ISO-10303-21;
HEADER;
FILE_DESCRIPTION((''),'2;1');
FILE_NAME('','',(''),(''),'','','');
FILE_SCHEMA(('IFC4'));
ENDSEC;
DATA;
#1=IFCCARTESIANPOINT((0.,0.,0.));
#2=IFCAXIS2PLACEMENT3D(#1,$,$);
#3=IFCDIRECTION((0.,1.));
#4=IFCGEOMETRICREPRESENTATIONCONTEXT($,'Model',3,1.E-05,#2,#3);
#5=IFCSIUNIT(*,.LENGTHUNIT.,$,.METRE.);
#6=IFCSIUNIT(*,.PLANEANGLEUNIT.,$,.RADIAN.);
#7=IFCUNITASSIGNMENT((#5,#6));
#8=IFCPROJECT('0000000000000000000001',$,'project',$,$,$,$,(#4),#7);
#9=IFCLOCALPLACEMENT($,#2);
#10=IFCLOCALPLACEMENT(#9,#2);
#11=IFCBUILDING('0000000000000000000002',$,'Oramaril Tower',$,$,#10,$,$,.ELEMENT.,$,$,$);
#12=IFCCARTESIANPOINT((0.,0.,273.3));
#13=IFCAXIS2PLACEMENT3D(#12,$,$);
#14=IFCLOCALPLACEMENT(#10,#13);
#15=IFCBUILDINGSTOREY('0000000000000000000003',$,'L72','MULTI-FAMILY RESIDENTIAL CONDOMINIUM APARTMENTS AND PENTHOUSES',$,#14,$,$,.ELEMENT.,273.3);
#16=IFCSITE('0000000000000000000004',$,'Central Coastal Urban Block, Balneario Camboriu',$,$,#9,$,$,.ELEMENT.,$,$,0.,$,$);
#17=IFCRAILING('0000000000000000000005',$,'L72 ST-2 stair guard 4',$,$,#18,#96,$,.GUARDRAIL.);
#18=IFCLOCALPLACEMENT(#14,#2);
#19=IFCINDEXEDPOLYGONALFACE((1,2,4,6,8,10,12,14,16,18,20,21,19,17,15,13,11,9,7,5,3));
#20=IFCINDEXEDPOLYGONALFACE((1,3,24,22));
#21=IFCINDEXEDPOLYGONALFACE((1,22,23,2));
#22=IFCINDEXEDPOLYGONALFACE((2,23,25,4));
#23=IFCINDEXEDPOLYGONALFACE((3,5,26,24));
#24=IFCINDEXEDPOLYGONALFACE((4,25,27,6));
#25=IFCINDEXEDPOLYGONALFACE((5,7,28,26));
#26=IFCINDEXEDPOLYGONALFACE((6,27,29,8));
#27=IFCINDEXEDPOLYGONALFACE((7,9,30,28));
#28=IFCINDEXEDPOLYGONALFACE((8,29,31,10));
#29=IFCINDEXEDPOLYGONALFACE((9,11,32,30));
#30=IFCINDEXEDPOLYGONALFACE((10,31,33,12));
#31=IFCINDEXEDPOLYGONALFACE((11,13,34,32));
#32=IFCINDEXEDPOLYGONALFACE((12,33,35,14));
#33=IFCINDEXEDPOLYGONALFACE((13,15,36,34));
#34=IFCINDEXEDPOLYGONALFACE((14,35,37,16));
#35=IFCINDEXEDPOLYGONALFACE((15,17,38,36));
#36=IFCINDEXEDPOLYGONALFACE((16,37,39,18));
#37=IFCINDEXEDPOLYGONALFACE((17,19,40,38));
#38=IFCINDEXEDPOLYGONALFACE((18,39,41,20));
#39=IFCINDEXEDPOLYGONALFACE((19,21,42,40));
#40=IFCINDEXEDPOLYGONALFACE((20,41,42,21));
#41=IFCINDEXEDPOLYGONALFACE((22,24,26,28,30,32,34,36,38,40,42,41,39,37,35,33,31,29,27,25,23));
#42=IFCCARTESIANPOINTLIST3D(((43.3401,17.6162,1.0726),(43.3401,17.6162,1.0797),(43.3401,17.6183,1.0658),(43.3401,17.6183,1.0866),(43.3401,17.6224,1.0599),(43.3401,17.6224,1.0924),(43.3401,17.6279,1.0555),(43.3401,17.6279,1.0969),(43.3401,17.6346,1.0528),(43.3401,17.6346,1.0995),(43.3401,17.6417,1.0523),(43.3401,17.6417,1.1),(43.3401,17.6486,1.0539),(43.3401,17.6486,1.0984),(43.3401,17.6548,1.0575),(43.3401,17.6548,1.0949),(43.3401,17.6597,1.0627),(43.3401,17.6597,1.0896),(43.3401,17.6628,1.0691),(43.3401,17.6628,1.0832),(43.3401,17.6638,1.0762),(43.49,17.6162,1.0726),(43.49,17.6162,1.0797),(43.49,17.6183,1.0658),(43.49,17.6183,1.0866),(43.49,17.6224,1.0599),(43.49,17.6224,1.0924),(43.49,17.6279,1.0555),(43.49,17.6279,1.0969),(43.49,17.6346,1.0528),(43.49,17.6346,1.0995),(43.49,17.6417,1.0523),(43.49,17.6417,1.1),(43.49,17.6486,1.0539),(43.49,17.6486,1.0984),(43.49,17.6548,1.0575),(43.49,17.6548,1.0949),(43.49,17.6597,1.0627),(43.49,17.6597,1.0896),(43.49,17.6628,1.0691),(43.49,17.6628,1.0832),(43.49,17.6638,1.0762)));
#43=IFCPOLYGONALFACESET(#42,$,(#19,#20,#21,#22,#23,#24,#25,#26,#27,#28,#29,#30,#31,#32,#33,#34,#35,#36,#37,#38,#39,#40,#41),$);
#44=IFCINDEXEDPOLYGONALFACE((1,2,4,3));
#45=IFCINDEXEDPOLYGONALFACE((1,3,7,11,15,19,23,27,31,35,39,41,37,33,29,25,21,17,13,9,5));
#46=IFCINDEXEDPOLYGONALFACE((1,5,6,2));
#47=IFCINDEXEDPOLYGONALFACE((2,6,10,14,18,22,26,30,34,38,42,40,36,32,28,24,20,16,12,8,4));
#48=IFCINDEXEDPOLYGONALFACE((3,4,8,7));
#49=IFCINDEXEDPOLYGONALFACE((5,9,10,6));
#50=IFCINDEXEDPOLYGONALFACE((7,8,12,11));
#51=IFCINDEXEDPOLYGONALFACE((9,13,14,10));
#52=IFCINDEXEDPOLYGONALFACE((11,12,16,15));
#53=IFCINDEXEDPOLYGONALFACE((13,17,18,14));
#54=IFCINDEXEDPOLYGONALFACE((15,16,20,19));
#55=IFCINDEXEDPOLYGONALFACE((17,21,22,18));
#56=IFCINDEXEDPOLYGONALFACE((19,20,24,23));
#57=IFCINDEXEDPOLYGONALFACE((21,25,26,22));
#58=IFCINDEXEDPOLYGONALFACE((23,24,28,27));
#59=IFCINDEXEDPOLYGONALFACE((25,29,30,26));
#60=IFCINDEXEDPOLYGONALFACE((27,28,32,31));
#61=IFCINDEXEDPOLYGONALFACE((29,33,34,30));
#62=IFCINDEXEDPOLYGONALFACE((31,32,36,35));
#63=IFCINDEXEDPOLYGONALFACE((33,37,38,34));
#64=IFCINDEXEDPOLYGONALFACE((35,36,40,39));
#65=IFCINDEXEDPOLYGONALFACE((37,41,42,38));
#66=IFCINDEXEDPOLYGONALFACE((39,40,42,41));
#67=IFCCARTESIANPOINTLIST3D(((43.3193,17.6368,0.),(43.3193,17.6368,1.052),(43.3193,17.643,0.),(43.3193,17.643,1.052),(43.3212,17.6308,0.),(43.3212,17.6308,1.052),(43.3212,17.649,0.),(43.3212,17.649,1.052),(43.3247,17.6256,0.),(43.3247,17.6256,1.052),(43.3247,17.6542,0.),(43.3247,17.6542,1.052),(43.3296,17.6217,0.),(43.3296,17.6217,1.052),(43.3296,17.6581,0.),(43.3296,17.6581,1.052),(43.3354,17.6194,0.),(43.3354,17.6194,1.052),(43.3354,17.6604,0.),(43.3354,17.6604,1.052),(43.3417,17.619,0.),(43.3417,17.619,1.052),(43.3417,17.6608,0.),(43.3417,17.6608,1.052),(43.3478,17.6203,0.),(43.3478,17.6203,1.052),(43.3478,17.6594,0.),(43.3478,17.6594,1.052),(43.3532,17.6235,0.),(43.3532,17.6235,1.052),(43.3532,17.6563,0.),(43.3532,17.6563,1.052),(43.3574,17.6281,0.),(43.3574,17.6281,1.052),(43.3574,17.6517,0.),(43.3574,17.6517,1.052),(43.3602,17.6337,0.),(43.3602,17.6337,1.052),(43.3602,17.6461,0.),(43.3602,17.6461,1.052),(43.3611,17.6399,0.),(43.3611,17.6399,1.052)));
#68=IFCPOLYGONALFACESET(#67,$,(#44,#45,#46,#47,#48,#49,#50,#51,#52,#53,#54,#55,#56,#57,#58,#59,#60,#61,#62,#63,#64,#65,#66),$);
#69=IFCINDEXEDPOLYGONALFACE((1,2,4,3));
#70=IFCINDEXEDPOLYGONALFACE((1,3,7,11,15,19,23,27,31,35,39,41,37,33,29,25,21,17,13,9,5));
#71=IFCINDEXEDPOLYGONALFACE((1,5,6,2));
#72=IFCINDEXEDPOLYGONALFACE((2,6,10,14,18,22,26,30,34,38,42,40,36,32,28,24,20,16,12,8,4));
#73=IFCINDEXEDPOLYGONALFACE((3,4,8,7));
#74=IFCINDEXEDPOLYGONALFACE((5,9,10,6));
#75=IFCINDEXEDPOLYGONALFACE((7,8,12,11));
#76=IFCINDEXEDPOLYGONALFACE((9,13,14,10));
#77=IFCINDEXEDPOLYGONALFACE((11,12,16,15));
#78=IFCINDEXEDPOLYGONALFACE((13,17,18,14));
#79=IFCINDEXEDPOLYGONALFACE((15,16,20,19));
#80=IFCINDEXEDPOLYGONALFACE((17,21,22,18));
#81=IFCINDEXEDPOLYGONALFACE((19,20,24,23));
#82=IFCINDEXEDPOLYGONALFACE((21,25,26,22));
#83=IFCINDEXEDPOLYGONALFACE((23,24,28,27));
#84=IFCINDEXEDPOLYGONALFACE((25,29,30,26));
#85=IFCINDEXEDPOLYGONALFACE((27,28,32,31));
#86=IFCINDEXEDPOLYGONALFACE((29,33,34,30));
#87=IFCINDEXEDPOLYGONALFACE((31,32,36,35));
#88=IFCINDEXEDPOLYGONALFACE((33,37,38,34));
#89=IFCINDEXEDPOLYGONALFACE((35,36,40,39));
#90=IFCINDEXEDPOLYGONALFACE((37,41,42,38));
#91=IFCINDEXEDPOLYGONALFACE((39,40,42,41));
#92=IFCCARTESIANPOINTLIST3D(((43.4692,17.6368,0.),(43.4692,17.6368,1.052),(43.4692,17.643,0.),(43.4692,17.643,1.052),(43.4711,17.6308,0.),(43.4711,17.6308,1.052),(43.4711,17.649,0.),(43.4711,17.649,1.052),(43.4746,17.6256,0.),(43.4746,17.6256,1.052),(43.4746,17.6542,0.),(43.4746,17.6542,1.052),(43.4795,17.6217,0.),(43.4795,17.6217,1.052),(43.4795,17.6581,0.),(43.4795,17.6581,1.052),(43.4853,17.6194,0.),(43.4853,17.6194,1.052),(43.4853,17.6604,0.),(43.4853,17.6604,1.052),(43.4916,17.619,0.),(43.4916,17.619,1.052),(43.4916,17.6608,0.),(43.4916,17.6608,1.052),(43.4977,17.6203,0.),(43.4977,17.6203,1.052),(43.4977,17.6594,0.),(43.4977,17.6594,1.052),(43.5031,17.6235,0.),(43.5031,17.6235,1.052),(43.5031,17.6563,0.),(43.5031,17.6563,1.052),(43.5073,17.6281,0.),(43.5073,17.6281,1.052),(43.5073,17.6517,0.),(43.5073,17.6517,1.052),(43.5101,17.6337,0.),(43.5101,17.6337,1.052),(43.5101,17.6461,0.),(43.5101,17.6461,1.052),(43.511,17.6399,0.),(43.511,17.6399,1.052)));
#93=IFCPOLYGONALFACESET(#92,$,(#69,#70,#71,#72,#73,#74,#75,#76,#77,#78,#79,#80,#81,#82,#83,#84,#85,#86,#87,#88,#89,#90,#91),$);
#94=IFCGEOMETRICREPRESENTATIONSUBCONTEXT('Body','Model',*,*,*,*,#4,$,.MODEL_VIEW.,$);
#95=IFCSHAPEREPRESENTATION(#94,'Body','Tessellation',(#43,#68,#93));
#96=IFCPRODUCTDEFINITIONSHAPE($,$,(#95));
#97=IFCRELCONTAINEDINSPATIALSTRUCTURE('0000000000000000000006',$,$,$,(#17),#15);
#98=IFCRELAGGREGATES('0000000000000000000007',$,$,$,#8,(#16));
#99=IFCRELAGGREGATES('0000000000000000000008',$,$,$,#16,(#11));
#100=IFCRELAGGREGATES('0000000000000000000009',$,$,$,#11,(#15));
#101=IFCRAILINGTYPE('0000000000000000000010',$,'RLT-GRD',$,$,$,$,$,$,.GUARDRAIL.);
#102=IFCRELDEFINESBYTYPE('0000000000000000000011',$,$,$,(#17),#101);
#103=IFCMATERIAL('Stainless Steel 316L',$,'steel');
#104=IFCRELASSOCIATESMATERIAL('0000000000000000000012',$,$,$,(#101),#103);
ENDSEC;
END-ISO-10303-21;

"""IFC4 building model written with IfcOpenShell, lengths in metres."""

from ifc_helpers import new_model, si_unit, direction, frame, origin, origin_2d, place, context, subcontext, project, spatial, circle, extrude, material, type_object, element, save


model = new_model("IFC4")

# Units and contexts
model_context = context("Model", 3, precision=1e-05, world=origin(), true_north=direction((0.0, 1.0)))
body_context = subcontext(model_context, "Body", "Model", "MODEL_VIEW")
ifc_project = project(units=[si_unit("LENGTHUNIT", "METRE"), si_unit("PLANEANGLEUNIT", "RADIAN")], contexts=[model_context])

# Site, building, storey
site_placement = place(None, origin())
site = spatial("IfcSite", under=ifc_project, at=site_placement, Name="Central Coastal Urban Block, Balneario Camboriu", CompositionType="ELEMENT", RefElevation=0.0)
building_placement = place(site_placement, origin())
building = spatial("IfcBuilding", under=site, at=building_placement, Name="Oramaril Tower", CompositionType="ELEMENT")
storey_placement = place(building_placement, frame((0.0, 0.0, 273.3)))
storey = spatial("IfcBuildingStorey", under=building, at=storey_placement, Name="L72", Description="MULTI-FAMILY RESIDENTIAL CONDOMINIUM APARTMENTS AND PENTHOUSES", CompositionType="ELEMENT", Elevation=273.3)

# Railing
ifc_material_1 = material(Name="Stainless Steel 316L", Category="steel")
railing_type_1 = type_object("IfcRailingType", Name="RLT-GRD", PredefinedType="GUARDRAIL", material=ifc_material_1)
railing_1_placement = place(storey_placement, frame((43.3401, 17.6399, 0.0)))
element("IfcRailing", 1, at=railing_1_placement, inside=storey, type_object=railing_type_1, Name="L72 ST-2 stair guard 4", PredefinedType="GUARDRAIL", context=body_context, shape_type="SweptSolid", body=[
    extrude(circle(Radius=0.0239, at=origin_2d()), frame((0.0, 0.0, 1.0762), z_axis=(1.0, 0.0, 0.0), x_axis=(0.0, 1.0, 0.0)), (0.0, 0.0, 1.0), 0.1499),
    extrude(circle(Radius=0.021, at=origin_2d()), origin(), (0.0, 0.0, 1.0), 1.052),
    extrude(circle(Radius=0.021, at=origin_2d()), frame((0.1499, 0.0, 0.0)), (0.0, 0.0, 1.0), 1.052),
])

save(model, "model.ifc")
